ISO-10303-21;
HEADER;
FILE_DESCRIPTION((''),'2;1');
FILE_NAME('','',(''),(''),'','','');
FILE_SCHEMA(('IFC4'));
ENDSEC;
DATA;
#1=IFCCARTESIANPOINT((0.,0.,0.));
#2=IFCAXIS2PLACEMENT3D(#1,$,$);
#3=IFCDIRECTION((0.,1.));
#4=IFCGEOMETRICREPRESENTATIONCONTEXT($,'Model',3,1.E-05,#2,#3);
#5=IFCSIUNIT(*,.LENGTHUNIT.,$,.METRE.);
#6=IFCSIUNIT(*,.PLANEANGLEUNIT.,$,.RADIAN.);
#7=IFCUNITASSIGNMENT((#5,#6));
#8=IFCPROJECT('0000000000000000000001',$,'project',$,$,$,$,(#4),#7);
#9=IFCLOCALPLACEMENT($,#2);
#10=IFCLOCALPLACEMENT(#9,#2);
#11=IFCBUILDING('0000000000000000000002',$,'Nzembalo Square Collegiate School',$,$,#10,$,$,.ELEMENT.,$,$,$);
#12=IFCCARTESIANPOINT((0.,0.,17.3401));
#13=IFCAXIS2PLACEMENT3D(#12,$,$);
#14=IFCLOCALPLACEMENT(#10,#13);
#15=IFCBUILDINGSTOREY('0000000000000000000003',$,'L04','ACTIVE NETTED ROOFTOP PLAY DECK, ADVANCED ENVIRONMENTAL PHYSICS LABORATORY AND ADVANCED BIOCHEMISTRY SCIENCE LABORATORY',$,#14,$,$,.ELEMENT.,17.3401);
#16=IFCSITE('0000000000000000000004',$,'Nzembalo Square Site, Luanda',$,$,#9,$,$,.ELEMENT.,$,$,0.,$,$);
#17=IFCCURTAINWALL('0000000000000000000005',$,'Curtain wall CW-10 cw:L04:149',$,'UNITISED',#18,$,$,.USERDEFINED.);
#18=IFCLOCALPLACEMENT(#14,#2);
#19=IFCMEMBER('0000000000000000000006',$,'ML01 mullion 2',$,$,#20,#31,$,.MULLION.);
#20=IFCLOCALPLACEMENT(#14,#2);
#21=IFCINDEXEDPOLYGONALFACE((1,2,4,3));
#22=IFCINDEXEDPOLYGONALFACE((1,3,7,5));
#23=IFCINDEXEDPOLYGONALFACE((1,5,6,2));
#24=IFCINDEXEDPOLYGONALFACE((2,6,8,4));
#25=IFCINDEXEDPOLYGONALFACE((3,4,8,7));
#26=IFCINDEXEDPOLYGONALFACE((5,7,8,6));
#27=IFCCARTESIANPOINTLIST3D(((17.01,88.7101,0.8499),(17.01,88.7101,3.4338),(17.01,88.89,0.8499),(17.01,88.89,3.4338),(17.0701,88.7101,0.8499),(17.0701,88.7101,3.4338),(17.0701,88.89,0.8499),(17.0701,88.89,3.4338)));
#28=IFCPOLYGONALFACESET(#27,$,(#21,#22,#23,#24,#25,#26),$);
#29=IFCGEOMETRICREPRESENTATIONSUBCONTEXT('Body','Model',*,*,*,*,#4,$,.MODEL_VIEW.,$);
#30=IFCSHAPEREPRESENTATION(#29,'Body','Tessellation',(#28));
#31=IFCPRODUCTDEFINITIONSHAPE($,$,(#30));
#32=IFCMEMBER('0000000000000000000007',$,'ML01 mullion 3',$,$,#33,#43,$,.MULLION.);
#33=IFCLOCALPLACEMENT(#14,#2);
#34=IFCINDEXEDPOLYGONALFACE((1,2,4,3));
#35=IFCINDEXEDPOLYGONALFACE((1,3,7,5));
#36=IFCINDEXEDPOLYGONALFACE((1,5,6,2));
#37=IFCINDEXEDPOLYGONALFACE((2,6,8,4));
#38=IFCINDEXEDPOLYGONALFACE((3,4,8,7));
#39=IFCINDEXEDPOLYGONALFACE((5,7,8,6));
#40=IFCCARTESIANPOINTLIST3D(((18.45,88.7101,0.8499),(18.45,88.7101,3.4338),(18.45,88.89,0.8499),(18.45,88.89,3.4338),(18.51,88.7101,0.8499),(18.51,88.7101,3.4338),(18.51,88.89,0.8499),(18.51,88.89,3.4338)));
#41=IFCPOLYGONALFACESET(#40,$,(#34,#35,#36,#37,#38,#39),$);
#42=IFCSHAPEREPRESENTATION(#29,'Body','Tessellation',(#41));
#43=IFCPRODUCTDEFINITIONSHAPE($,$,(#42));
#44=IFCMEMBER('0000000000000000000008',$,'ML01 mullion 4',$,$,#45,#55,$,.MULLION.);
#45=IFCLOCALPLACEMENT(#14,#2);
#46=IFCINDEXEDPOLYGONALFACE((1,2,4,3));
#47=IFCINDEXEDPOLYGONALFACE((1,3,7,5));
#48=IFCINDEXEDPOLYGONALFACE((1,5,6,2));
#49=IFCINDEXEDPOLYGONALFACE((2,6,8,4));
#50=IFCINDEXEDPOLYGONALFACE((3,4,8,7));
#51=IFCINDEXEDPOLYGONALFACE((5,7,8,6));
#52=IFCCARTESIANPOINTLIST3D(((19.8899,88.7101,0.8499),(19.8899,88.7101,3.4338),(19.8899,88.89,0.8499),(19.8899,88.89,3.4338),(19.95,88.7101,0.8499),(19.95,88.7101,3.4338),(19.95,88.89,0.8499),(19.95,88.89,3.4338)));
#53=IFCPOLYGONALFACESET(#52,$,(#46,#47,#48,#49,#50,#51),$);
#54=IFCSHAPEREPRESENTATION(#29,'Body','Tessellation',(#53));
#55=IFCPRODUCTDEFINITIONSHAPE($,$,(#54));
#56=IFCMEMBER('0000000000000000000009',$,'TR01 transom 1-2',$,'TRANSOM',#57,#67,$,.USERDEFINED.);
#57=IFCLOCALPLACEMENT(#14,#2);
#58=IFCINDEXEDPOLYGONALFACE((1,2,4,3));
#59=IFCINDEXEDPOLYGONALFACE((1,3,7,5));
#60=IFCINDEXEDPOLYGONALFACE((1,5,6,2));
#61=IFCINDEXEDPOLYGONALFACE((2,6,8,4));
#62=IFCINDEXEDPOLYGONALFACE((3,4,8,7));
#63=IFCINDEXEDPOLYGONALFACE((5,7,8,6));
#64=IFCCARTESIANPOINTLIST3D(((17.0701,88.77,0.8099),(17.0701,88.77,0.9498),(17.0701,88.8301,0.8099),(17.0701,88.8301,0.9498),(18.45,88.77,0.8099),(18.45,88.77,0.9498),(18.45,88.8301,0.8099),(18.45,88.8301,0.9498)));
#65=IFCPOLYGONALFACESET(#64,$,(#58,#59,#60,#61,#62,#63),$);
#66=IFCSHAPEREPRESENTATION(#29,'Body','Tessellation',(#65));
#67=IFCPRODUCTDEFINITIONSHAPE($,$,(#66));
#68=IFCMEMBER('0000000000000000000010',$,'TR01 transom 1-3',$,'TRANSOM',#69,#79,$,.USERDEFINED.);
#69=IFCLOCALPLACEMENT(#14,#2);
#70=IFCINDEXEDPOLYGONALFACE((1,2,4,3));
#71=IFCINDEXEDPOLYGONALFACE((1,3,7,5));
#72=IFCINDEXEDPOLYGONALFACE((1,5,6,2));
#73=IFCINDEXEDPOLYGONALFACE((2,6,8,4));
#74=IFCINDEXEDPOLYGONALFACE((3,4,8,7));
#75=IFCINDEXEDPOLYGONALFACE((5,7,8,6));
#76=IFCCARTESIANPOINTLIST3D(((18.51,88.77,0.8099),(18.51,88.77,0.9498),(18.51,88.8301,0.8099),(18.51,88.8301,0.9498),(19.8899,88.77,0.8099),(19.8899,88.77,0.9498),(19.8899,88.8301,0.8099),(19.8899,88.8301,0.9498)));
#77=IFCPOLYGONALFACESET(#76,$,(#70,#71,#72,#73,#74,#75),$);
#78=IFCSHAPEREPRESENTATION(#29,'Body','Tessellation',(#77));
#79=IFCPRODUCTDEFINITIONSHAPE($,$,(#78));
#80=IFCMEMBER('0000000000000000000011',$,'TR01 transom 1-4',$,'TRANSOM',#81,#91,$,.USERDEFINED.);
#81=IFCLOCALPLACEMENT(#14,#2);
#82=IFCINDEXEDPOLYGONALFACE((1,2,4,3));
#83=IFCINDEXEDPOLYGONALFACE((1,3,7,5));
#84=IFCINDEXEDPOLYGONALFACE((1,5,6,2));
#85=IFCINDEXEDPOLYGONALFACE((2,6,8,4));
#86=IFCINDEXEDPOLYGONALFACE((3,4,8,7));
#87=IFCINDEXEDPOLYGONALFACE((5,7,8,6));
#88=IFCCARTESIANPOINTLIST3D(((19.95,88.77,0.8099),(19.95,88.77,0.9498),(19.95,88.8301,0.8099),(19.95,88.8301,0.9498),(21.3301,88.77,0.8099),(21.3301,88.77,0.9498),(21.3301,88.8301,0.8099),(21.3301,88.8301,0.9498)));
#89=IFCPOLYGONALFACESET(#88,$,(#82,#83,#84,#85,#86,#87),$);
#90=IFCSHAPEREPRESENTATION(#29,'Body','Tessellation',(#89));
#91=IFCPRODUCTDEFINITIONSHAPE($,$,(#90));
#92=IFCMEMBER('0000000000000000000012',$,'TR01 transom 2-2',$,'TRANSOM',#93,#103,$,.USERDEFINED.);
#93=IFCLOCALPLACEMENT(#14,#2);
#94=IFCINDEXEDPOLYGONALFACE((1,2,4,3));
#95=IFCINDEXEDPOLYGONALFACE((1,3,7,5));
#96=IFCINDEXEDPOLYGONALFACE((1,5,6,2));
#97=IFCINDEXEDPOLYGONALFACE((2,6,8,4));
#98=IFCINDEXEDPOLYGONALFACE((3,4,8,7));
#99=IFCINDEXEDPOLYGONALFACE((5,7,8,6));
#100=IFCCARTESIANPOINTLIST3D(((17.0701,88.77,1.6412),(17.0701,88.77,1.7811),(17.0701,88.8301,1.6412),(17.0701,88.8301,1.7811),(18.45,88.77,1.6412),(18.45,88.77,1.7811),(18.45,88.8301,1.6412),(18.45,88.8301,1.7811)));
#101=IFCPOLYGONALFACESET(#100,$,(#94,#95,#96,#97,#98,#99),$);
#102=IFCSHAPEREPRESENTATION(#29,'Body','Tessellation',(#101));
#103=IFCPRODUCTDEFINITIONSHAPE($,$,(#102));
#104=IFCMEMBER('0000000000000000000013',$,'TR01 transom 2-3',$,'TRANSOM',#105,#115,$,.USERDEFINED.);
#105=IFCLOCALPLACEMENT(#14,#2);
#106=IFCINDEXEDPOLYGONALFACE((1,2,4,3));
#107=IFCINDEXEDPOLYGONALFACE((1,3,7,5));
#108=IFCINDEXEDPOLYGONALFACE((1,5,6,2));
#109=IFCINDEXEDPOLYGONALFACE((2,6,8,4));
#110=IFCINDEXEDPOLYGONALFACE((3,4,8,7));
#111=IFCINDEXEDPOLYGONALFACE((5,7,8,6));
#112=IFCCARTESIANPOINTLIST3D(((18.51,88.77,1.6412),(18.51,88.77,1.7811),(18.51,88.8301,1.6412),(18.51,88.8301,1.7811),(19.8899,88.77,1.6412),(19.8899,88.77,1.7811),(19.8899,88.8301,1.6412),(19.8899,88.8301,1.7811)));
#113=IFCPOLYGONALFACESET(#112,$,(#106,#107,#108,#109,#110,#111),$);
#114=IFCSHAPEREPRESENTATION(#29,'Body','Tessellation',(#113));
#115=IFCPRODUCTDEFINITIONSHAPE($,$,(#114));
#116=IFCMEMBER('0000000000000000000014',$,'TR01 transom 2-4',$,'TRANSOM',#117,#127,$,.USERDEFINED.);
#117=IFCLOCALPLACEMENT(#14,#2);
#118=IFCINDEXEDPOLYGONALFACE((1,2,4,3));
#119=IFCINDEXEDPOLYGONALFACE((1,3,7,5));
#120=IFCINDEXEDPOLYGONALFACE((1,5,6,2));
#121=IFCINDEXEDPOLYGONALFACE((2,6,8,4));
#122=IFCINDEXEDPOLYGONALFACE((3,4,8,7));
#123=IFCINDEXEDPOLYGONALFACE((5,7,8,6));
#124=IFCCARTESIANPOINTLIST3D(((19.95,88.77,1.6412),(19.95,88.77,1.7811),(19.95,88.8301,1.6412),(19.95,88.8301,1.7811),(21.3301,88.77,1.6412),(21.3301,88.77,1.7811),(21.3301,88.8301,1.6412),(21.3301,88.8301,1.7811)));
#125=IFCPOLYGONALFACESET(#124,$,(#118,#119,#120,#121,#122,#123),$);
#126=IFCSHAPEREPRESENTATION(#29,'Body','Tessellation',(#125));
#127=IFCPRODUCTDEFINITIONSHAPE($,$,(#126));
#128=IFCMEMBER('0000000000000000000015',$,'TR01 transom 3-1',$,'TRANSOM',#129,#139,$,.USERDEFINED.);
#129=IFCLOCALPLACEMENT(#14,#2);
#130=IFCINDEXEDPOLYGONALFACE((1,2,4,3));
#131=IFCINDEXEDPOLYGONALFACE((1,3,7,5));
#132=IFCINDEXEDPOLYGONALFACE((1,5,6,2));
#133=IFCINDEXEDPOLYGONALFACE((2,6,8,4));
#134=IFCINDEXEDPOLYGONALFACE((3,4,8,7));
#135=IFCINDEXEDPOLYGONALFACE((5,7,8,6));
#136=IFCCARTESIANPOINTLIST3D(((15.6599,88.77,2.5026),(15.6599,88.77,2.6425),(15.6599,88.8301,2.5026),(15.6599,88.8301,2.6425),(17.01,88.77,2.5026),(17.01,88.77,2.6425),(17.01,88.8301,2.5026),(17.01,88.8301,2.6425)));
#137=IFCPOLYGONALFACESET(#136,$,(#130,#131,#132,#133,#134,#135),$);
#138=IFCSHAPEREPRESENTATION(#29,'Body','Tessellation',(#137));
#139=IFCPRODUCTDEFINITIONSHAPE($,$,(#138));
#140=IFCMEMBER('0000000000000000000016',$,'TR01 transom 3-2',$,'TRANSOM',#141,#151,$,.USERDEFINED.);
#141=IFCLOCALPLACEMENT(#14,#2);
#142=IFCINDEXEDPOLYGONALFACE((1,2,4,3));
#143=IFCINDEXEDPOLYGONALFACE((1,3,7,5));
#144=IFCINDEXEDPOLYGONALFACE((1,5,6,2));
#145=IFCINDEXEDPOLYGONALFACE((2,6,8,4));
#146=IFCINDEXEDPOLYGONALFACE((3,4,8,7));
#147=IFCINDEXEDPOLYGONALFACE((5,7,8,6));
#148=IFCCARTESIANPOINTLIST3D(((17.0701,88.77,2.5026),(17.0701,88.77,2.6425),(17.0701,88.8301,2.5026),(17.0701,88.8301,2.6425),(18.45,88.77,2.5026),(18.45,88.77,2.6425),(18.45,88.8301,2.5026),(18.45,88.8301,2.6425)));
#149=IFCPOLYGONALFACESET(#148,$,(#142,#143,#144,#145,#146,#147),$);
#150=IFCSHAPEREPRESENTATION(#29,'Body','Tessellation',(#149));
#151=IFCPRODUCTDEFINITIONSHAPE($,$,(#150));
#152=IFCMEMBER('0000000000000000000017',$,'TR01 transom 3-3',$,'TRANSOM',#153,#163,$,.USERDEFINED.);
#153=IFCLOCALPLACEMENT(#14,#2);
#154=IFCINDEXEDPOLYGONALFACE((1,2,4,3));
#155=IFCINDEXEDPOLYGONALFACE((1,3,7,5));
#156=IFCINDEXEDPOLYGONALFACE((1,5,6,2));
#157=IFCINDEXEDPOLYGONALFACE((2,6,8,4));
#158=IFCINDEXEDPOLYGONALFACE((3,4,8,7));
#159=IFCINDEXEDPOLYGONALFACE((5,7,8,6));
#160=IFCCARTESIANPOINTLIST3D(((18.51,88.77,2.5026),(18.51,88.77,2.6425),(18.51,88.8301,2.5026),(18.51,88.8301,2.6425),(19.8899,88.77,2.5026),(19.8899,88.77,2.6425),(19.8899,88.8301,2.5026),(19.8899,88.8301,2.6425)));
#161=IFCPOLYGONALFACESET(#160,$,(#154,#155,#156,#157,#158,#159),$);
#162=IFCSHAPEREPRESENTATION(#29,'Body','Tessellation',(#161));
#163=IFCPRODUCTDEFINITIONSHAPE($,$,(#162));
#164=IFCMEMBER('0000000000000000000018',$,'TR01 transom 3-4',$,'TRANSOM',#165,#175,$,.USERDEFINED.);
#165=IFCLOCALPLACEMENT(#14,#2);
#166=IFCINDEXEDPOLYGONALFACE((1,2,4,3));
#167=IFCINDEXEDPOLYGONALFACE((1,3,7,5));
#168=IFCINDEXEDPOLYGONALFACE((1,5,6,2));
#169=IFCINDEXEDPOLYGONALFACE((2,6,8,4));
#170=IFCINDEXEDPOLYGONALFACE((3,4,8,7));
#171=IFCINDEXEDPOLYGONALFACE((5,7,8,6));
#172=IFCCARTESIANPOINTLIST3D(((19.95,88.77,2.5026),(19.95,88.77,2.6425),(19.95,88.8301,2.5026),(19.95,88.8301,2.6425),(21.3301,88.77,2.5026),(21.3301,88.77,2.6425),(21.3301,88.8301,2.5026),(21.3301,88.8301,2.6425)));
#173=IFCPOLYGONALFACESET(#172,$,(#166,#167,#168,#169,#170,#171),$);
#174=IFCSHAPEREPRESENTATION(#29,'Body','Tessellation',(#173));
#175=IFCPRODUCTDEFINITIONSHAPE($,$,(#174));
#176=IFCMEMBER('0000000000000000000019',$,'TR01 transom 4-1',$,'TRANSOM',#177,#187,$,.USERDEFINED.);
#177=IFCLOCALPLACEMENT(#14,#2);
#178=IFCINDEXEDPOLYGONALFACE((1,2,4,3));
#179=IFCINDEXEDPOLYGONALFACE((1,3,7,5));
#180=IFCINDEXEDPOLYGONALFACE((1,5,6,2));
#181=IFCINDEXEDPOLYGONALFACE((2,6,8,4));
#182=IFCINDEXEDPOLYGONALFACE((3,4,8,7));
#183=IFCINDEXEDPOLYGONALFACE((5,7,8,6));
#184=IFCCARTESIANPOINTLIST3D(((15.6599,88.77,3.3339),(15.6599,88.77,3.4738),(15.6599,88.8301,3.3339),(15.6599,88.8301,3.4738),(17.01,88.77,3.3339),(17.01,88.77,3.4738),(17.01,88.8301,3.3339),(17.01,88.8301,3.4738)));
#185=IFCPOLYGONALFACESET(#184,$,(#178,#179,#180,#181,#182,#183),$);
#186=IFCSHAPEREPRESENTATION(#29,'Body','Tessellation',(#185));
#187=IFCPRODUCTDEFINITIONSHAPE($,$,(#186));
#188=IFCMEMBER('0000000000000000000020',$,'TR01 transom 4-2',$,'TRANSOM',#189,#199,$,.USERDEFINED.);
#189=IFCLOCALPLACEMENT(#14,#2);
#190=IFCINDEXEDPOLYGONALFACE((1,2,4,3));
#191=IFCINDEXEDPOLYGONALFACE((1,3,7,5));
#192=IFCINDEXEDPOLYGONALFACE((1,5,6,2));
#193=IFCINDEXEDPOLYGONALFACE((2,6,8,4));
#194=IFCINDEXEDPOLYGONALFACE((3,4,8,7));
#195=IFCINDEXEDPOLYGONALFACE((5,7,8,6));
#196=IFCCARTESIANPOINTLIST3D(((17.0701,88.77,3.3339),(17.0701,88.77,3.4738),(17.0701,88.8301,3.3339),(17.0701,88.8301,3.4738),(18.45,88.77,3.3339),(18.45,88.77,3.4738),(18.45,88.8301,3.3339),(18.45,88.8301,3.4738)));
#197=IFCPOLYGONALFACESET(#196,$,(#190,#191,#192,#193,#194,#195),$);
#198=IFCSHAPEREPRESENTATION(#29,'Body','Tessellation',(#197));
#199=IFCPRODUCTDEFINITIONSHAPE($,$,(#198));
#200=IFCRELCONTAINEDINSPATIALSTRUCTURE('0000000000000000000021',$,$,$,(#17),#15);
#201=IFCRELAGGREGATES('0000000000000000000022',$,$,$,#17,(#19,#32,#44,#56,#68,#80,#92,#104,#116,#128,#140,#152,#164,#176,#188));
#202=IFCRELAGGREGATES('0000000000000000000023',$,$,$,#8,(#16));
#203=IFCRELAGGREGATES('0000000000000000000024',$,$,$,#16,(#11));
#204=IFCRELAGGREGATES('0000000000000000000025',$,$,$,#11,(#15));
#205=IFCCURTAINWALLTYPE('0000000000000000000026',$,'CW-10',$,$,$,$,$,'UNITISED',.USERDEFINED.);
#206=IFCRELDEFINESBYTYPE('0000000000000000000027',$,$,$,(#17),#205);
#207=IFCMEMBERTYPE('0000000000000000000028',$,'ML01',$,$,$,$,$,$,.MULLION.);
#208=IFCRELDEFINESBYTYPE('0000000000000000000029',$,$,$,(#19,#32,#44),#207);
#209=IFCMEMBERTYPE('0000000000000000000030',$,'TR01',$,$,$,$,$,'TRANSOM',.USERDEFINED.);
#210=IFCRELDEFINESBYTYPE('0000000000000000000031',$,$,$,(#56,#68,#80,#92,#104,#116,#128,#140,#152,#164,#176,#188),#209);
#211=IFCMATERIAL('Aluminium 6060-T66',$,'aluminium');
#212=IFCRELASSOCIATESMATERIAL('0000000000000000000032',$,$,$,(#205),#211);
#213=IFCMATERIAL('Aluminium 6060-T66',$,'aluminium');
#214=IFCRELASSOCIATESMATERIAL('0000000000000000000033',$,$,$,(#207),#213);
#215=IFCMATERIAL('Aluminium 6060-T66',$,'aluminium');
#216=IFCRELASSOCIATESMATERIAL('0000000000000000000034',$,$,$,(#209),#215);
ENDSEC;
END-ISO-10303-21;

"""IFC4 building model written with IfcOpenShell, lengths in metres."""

from ifc_helpers import new_model, si_unit, direction, frame, origin, origin_2d, place, context, subcontext, project, spatial, rectangle, extrude, material, material_profile, profile_set, type_object, element, aggregate, save


model = new_model("IFC4")

# Units and contexts
model_context = context("Model", 3, precision=1e-05, world=origin(), true_north=direction((0.0, 1.0)))
body_context = subcontext(model_context, "Body", "Model", "MODEL_VIEW")
ifc_project = project(units=[si_unit("LENGTHUNIT", "METRE"), si_unit("PLANEANGLEUNIT", "RADIAN")], contexts=[model_context])

# Site, building, storey
site_placement = place(None, origin())
site = spatial("IfcSite", under=ifc_project, at=site_placement, Name="Nzembalo Square Site, Luanda", CompositionType="ELEMENT", RefElevation=0.0)
building_placement = place(site_placement, origin())
building = spatial("IfcBuilding", under=site, at=building_placement, Name="Nzembalo Square Collegiate School", CompositionType="ELEMENT")
storey_placement = place(building_placement, frame((0.0, 0.0, 17.3401)))
storey = spatial("IfcBuildingStorey", under=building, at=storey_placement, Name="L04", Description="ACTIVE NETTED ROOFTOP PLAY DECK, ADVANCED ENVIRONMENTAL PHYSICS LABORATORY AND ADVANCED BIOCHEMISTRY SCIENCE LABORATORY", CompositionType="ELEMENT", Elevation=17.3401)

# Curtain wall, members
ifc_material_1 = material(Name="Aluminium 6060-T66", Category="aluminium")
curtain_wall_type = type_object("IfcCurtainWallType", Name="CW-10", ElementType="UNITISED", PredefinedType="USERDEFINED", material=ifc_material_1)
curtain_wall_placement = place(storey_placement, origin())
curtain_wall = element("IfcCurtainWall", 1, at=curtain_wall_placement, inside=storey, type_object=curtain_wall_type, Name="Curtain wall CW-10 cw:L04:149", ObjectType="UNITISED", PredefinedType="USERDEFINED")
ifc_material_2 = material(Name="Aluminium 6060-T66", Category="aluminium")
ifc_material_profile_1 = material_profile(ifc_material_2, rectangle(XDim=0.0601, YDim=0.1799, at=origin_2d()), Name="ALU M60x180")
ifc_profile_set_1 = profile_set([ifc_material_profile_1], Name="Aluminium 6060-T66")
member_type_1 = type_object("IfcMemberType", Name="ML01", PredefinedType="MULLION", material=ifc_profile_set_1)
member_1_placement = place(storey_placement, frame((17.04, 88.8, 0.8499), z_axis=(0.0, 0.0, 1.0), x_axis=(1.0, 0.0, 0.0)))
member_1 = element("IfcMember", 2, at=member_1_placement, type_object=member_type_1, Name="ML01 mullion 2", PredefinedType="MULLION", context=body_context, shape_type="SweptSolid", body=[
    extrude(rectangle(XDim=0.0601, YDim=0.1799, at=origin_2d()), origin(), (0.0, 0.0, 1.0), 2.584),
])
member_2_placement = place(storey_placement, frame((18.48, 88.8, 0.8499), z_axis=(0.0, 0.0, 1.0), x_axis=(1.0, 0.0, 0.0)))
member_2 = element("IfcMember", 3, at=member_2_placement, type_object=member_type_1, Name="ML01 mullion 3", PredefinedType="MULLION", context=body_context, shape_type="SweptSolid", body=[
    extrude(rectangle(XDim=0.0601, YDim=0.1799, at=origin_2d()), origin(), (0.0, 0.0, 1.0), 2.584),
])
member_3_placement = place(storey_placement, frame((19.9199, 88.8, 0.8499), z_axis=(0.0, 0.0, 1.0), x_axis=(1.0, 0.0, 0.0)))
member_3 = element("IfcMember", 4, at=member_3_placement, type_object=member_type_1, Name="ML01 mullion 4", PredefinedType="MULLION", context=body_context, shape_type="SweptSolid", body=[
    extrude(rectangle(XDim=0.0601, YDim=0.1799, at=origin_2d()), origin(), (0.0, 0.0, 1.0), 2.584),
])
ifc_material_3 = material(Name="Aluminium 6060-T66", Category="aluminium")
ifc_material_profile_2 = material_profile(ifc_material_3, rectangle(XDim=0.0601, YDim=0.1399, at=origin_2d()), Name="ALU T60x140")
ifc_profile_set_2 = profile_set([ifc_material_profile_2], Name="Aluminium 6060-T66")
member_type_2 = type_object("IfcMemberType", Name="TR01", ElementType="TRANSOM", PredefinedType="USERDEFINED", material=ifc_profile_set_2)
member_4_placement = place(storey_placement, frame((17.0701, 88.8, 0.8799), z_axis=(1.0, 0.0, 0.0), x_axis=(0.0, 1.0, 0.0)))
member_4 = element("IfcMember", 5, at=member_4_placement, type_object=member_type_2, Name="TR01 transom 1-2", ObjectType="TRANSOM", PredefinedType="USERDEFINED", context=body_context, shape_type="SweptSolid", body=[
    extrude(rectangle(XDim=0.0601, YDim=0.1399, at=origin_2d()), origin(), (0.0, 0.0, 1.0), 1.3799),
])
member_5_placement = place(storey_placement, frame((18.51, 88.8, 0.8799), z_axis=(1.0, 0.0, 0.0), x_axis=(0.0, 1.0, 0.0)))
member_5 = element("IfcMember", 6, at=member_5_placement, type_object=member_type_2, Name="TR01 transom 1-3", ObjectType="TRANSOM", PredefinedType="USERDEFINED", context=body_context, shape_type="SweptSolid", body=[
    extrude(rectangle(XDim=0.0601, YDim=0.1399, at=origin_2d()), origin(), (0.0, 0.0, 1.0), 1.3799),
])
member_6_placement = place(storey_placement, frame((19.95, 88.8, 0.8799), z_axis=(1.0, 0.0, 0.0), x_axis=(0.0, 1.0, 0.0)))
member_6 = element("IfcMember", 7, at=member_6_placement, type_object=member_type_2, Name="TR01 transom 1-4", ObjectType="TRANSOM", PredefinedType="USERDEFINED", context=body_context, shape_type="SweptSolid", body=[
    extrude(rectangle(XDim=0.0601, YDim=0.1399, at=origin_2d()), origin(), (0.0, 0.0, 1.0), 1.3801),
])
member_7_placement = place(storey_placement, frame((17.0701, 88.8, 1.7112), z_axis=(1.0, 0.0, 0.0), x_axis=(0.0, 1.0, 0.0)))
member_7 = element("IfcMember", 8, at=member_7_placement, type_object=member_type_2, Name="TR01 transom 2-2", ObjectType="TRANSOM", PredefinedType="USERDEFINED", context=body_context, shape_type="SweptSolid", body=[
    extrude(rectangle(XDim=0.0601, YDim=0.1399, at=origin_2d()), origin(), (0.0, 0.0, 1.0), 1.3799),
])
member_8_placement = place(storey_placement, frame((18.51, 88.8, 1.7112), z_axis=(1.0, 0.0, 0.0), x_axis=(0.0, 1.0, 0.0)))
member_8 = element("IfcMember", 9, at=member_8_placement, type_object=member_type_2, Name="TR01 transom 2-3", ObjectType="TRANSOM", PredefinedType="USERDEFINED", context=body_context, shape_type="SweptSolid", body=[
    extrude(rectangle(XDim=0.0601, YDim=0.1399, at=origin_2d()), origin(), (0.0, 0.0, 1.0), 1.3799),
])
member_9_placement = place(storey_placement, frame((19.95, 88.8, 1.7112), z_axis=(1.0, 0.0, 0.0), x_axis=(0.0, 1.0, 0.0)))
member_9 = element("IfcMember", 10, at=member_9_placement, type_object=member_type_2, Name="TR01 transom 2-4", ObjectType="TRANSOM", PredefinedType="USERDEFINED", context=body_context, shape_type="SweptSolid", body=[
    extrude(rectangle(XDim=0.0601, YDim=0.1399, at=origin_2d()), origin(), (0.0, 0.0, 1.0), 1.3801),
])
member_10_placement = place(storey_placement, frame((15.6599, 88.8, 2.5725), z_axis=(1.0, 0.0, 0.0), x_axis=(0.0, 1.0, 0.0)))
member_10 = element("IfcMember", 11, at=member_10_placement, type_object=member_type_2, Name="TR01 transom 3-1", ObjectType="TRANSOM", PredefinedType="USERDEFINED", context=body_context, shape_type="SweptSolid", body=[
    extrude(rectangle(XDim=0.0601, YDim=0.1399, at=origin_2d()), origin(), (0.0, 0.0, 1.0), 1.3501),
])
member_11_placement = place(storey_placement, frame((17.0701, 88.8, 2.5725), z_axis=(1.0, 0.0, 0.0), x_axis=(0.0, 1.0, 0.0)))
member_11 = element("IfcMember", 12, at=member_11_placement, type_object=member_type_2, Name="TR01 transom 3-2", ObjectType="TRANSOM", PredefinedType="USERDEFINED", context=body_context, shape_type="SweptSolid", body=[
    extrude(rectangle(XDim=0.0601, YDim=0.1399, at=origin_2d()), origin(), (0.0, 0.0, 1.0), 1.3799),
])
member_12_placement = place(storey_placement, frame((18.51, 88.8, 2.5725), z_axis=(1.0, 0.0, 0.0), x_axis=(0.0, 1.0, 0.0)))
member_12 = element("IfcMember", 13, at=member_12_placement, type_object=member_type_2, Name="TR01 transom 3-3", ObjectType="TRANSOM", PredefinedType="USERDEFINED", context=body_context, shape_type="SweptSolid", body=[
    extrude(rectangle(XDim=0.0601, YDim=0.1399, at=origin_2d()), origin(), (0.0, 0.0, 1.0), 1.3799),
])
member_13_placement = place(storey_placement, frame((19.95, 88.8, 2.5725), z_axis=(1.0, 0.0, 0.0), x_axis=(0.0, 1.0, 0.0)))
member_13 = element("IfcMember", 14, at=member_13_placement, type_object=member_type_2, Name="TR01 transom 3-4", ObjectType="TRANSOM", PredefinedType="USERDEFINED", context=body_context, shape_type="SweptSolid", body=[
    extrude(rectangle(XDim=0.0601, YDim=0.1399, at=origin_2d()), origin(), (0.0, 0.0, 1.0), 1.3801),
])
member_14_placement = place(storey_placement, frame((15.6599, 88.8, 3.4038), z_axis=(1.0, 0.0, 0.0), x_axis=(0.0, 1.0, 0.0)))
member_14 = element("IfcMember", 15, at=member_14_placement, type_object=member_type_2, Name="TR01 transom 4-1", ObjectType="TRANSOM", PredefinedType="USERDEFINED", context=body_context, shape_type="SweptSolid", body=[
    extrude(rectangle(XDim=0.0601, YDim=0.1399, at=origin_2d()), origin(), (0.0, 0.0, 1.0), 1.3501),
])
member_15_placement = place(storey_placement, frame((17.0701, 88.8, 3.4038), z_axis=(1.0, 0.0, 0.0), x_axis=(0.0, 1.0, 0.0)))
member_15 = element("IfcMember", 16, at=member_15_placement, type_object=member_type_2, Name="TR01 transom 4-2", ObjectType="TRANSOM", PredefinedType="USERDEFINED", context=body_context, shape_type="SweptSolid", body=[
    extrude(rectangle(XDim=0.0601, YDim=0.1399, at=origin_2d()), origin(), (0.0, 0.0, 1.0), 1.3799),
])
aggregate(curtain_wall, [member_1, member_2, member_3, member_4, member_5, member_6, member_7, member_8, member_9, member_10, member_11, member_12, member_13, member_14, member_15])

save(model, "model.ifc")
